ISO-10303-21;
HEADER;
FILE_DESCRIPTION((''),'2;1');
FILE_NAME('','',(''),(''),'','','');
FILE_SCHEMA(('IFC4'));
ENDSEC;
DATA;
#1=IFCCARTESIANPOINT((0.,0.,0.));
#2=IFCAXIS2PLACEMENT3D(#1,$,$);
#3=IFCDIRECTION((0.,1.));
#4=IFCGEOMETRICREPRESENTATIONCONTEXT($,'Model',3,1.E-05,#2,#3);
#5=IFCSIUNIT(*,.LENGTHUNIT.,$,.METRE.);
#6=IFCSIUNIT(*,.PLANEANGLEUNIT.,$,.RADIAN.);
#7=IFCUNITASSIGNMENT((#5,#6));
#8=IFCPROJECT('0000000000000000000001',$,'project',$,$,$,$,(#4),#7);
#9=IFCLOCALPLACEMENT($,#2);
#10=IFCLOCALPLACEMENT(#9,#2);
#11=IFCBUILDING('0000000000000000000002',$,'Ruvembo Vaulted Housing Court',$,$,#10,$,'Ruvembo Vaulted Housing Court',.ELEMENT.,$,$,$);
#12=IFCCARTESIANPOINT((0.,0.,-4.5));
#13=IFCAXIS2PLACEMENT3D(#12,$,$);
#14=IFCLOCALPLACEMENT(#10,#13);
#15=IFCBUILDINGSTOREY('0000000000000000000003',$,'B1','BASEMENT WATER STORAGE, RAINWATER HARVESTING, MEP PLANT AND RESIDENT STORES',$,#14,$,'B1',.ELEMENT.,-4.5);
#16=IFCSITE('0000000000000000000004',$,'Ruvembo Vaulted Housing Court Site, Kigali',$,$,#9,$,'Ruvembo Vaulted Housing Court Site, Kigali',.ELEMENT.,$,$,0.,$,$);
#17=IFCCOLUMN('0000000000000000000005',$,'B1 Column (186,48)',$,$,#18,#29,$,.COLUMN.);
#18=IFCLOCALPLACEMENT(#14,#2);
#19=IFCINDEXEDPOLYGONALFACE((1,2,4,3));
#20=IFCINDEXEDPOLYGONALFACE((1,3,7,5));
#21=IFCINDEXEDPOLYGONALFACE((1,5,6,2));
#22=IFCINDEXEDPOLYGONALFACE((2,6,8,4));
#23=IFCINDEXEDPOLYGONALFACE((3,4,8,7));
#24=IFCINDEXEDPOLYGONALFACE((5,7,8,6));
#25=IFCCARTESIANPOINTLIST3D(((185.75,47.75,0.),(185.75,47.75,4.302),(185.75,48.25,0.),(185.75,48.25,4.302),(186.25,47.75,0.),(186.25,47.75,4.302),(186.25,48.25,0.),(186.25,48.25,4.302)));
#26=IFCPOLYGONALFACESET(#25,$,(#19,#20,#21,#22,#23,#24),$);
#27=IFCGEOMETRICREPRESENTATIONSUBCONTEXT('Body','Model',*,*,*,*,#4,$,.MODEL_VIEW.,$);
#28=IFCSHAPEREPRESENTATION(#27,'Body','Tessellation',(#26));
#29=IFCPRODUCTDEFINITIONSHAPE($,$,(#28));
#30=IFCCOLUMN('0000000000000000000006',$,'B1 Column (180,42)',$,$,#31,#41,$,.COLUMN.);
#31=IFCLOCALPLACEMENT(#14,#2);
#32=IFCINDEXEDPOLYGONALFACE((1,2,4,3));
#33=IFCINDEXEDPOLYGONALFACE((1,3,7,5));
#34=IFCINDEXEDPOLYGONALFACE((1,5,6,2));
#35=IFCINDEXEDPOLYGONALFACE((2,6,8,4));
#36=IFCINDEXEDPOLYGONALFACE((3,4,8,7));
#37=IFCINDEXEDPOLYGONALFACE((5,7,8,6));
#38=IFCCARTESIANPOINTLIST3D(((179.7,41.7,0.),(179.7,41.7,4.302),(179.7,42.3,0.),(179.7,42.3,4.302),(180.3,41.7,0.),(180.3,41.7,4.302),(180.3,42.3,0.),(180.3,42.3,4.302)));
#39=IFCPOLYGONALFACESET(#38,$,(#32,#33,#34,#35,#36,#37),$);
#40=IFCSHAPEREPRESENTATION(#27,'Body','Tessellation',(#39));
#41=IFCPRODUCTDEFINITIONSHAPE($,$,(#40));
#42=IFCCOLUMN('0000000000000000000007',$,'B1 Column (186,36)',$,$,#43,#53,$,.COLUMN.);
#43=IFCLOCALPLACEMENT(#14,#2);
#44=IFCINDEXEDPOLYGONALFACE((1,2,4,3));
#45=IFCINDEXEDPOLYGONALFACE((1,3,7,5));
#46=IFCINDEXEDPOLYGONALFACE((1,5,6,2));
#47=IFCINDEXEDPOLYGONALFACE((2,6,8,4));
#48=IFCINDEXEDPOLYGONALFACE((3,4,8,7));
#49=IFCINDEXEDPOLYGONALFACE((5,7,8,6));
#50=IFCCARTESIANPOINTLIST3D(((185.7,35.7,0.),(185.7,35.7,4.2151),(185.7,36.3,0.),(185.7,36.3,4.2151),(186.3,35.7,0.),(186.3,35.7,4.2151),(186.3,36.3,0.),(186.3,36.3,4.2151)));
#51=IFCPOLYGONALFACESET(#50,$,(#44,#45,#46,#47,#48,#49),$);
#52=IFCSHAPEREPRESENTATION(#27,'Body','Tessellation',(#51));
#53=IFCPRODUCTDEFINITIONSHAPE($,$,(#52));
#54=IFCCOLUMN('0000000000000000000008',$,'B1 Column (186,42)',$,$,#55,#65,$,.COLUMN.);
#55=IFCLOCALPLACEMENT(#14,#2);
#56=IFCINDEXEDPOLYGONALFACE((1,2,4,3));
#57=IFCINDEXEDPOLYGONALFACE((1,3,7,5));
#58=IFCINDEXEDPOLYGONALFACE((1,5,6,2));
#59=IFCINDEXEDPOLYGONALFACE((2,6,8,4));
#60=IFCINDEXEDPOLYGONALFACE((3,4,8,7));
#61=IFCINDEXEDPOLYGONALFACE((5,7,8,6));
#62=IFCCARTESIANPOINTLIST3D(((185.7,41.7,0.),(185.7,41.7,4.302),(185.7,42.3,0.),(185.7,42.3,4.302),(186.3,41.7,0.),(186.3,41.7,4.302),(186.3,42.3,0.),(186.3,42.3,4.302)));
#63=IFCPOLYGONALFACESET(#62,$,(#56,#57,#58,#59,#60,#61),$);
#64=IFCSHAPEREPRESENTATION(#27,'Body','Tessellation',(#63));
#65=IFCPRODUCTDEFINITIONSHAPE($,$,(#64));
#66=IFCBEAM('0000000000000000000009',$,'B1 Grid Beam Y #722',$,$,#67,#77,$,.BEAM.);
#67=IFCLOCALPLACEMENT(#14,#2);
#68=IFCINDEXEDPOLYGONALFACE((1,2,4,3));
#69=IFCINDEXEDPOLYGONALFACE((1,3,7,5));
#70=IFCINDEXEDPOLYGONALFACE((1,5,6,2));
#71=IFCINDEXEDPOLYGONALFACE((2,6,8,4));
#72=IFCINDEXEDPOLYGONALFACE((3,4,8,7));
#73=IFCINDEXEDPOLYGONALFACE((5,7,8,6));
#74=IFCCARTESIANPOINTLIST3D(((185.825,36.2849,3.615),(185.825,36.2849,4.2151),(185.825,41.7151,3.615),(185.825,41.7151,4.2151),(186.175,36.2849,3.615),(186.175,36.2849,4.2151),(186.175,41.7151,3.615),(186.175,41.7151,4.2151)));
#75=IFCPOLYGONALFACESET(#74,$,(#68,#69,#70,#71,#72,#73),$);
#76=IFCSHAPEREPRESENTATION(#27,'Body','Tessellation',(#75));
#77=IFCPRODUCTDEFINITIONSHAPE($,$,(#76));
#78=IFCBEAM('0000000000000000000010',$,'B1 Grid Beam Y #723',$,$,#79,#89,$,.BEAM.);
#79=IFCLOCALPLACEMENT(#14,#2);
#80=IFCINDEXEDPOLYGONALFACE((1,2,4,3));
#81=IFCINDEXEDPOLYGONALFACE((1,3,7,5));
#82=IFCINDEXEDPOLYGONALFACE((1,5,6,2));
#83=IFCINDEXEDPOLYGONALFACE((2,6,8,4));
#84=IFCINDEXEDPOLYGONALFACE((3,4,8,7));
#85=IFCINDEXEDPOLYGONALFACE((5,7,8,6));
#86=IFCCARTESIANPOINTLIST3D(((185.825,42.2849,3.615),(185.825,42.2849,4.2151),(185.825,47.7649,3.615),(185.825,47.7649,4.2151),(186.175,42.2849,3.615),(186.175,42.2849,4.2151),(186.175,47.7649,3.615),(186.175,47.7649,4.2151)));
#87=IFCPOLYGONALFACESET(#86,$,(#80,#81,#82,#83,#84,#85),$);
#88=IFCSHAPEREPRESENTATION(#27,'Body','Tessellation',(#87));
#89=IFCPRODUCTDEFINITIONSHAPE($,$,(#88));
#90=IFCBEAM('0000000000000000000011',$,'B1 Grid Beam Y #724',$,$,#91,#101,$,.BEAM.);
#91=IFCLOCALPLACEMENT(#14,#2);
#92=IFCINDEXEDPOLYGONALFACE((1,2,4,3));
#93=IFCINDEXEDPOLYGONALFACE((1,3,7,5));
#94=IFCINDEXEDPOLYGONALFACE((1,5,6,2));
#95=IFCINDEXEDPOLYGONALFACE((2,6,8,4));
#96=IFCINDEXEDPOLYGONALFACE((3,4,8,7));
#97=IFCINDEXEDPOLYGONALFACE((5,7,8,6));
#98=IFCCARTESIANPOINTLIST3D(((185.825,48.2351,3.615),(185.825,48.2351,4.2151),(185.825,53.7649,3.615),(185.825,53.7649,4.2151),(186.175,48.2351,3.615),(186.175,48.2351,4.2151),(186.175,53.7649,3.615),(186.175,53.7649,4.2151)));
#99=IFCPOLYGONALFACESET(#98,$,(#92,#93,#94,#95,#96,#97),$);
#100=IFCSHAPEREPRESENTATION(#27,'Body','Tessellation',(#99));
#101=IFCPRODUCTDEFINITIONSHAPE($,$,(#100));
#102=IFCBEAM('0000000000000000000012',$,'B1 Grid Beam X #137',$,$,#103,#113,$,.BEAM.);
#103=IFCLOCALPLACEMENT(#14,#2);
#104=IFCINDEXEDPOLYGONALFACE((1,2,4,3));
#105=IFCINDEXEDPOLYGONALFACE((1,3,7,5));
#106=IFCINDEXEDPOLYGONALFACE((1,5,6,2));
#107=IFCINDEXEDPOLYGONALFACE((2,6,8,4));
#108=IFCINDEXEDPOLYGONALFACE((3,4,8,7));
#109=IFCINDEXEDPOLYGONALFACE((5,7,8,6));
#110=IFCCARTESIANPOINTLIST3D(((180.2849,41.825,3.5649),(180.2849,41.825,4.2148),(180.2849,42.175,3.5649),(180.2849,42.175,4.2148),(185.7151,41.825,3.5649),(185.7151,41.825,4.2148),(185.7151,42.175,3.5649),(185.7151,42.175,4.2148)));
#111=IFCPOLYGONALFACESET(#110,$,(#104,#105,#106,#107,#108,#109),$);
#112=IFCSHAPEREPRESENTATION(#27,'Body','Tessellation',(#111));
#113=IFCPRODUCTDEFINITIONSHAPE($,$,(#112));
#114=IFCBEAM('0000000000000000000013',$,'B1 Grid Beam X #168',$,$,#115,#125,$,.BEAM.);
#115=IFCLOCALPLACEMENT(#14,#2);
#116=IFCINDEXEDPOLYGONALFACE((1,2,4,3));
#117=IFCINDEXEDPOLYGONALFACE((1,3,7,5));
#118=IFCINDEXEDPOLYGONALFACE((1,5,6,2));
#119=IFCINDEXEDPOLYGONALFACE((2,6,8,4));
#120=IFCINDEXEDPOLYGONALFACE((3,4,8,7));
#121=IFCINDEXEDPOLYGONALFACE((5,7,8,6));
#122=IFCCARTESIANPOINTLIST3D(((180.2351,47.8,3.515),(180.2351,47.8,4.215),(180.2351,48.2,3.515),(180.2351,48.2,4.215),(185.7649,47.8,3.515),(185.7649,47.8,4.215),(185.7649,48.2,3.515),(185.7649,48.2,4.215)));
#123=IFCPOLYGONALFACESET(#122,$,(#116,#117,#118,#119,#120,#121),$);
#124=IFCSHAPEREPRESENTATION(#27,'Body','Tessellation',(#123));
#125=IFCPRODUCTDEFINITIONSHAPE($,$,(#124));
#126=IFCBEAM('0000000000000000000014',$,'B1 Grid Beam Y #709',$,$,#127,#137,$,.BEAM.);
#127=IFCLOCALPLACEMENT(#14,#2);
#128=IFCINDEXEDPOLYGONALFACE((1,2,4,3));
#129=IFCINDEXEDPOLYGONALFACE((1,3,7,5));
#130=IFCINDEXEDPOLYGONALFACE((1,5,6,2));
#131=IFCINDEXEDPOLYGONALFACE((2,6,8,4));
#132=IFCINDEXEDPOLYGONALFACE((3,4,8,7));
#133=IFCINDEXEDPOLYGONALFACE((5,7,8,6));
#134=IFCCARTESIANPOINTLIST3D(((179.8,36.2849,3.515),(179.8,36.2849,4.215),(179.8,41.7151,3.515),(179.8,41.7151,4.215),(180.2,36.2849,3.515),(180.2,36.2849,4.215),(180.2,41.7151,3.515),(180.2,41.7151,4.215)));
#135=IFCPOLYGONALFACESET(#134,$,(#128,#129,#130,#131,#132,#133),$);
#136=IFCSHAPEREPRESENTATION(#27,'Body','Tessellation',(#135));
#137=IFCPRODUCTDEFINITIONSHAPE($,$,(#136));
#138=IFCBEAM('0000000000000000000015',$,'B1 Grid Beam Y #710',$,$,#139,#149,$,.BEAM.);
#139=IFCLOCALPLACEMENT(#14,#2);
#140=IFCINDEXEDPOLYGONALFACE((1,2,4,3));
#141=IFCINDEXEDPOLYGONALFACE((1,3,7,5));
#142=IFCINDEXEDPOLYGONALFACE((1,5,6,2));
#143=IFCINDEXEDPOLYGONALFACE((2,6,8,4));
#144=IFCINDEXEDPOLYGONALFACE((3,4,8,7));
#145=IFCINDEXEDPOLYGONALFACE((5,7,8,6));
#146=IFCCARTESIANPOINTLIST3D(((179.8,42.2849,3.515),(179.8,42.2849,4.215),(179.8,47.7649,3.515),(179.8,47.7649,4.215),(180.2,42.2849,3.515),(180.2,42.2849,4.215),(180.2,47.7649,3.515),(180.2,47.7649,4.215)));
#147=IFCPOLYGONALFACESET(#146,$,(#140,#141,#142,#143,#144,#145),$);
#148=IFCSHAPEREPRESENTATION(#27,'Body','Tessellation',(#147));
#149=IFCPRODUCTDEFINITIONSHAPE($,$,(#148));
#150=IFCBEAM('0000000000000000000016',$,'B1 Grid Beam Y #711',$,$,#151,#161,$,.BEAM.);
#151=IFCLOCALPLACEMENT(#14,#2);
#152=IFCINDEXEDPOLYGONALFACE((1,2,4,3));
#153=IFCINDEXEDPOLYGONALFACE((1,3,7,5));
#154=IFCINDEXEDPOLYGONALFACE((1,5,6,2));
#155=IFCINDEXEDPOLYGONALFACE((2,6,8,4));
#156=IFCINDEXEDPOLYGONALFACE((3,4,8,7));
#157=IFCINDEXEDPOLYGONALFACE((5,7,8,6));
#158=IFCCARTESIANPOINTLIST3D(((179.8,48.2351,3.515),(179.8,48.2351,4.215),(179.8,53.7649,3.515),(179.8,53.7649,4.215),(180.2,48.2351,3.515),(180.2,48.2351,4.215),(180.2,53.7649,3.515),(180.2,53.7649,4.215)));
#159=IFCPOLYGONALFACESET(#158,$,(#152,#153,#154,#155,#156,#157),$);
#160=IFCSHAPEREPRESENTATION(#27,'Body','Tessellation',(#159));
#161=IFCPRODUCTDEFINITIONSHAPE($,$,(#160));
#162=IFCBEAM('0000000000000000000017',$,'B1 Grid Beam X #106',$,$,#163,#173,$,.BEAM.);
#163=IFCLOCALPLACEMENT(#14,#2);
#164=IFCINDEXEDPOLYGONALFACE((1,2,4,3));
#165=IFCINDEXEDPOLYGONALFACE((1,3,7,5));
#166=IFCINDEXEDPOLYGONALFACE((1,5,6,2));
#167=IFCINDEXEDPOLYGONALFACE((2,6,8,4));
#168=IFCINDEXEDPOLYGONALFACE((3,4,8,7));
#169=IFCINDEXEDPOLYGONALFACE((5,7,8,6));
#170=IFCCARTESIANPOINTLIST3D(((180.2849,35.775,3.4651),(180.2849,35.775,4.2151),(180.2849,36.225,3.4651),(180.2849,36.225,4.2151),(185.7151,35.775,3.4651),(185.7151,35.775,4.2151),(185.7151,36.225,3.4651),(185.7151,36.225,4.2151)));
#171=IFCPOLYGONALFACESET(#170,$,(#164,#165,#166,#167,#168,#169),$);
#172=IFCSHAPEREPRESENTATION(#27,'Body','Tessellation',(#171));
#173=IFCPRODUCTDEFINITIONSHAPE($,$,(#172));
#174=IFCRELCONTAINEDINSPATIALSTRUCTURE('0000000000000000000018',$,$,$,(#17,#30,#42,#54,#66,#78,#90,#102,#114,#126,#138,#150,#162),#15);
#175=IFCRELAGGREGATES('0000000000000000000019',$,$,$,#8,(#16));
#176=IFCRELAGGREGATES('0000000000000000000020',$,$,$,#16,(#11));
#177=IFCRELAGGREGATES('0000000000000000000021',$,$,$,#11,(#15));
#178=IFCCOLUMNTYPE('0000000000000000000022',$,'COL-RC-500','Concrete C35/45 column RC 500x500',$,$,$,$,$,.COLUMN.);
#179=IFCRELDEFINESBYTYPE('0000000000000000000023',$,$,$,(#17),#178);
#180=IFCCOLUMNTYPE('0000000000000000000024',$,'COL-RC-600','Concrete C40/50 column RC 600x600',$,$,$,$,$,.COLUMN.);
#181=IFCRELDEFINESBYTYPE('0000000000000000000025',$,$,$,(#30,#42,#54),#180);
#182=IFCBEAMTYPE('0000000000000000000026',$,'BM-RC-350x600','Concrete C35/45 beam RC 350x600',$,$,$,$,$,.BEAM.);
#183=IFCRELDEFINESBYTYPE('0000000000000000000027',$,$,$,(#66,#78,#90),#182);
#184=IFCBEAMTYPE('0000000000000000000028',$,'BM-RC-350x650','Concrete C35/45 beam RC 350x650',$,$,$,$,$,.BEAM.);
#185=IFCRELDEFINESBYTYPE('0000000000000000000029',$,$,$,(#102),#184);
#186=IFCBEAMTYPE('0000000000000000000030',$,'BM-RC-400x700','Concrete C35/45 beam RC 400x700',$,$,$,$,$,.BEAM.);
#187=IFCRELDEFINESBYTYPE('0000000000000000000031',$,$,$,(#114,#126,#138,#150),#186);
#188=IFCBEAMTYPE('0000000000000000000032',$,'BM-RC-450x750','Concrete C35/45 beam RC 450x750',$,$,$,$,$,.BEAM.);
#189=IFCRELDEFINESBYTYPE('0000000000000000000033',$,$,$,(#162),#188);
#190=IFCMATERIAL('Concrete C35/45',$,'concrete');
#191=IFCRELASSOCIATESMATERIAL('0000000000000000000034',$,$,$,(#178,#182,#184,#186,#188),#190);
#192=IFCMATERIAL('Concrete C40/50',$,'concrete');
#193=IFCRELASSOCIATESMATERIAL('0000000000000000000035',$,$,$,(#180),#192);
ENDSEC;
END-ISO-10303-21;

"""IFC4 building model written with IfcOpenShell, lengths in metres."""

from ifc_helpers import new_model, si_unit, direction, frame, origin, origin_2d, place, context, subcontext, project, spatial, rectangle, extrude, material, material_profile, profile_set, type_object, element, save


model = new_model("IFC4")

# Units and contexts
model_context = context("Model", 3, precision=1e-05, world=origin(), true_north=direction((0.0, 1.0)))
body_context = subcontext(model_context, "Body", "Model", "MODEL_VIEW")
ifc_project = project(units=[si_unit("LENGTHUNIT", "METRE"), si_unit("PLANEANGLEUNIT", "RADIAN")], contexts=[model_context])

# Site, building, storey
site_placement = place(None, origin())
site = spatial("IfcSite", under=ifc_project, at=site_placement, Name="Ruvembo Vaulted Housing Court Site, Kigali", LongName="Ruvembo Vaulted Housing Court Site, Kigali", CompositionType="ELEMENT", RefElevation=0.0)
building_placement = place(site_placement, origin())
building = spatial("IfcBuilding", under=site, at=building_placement, Name="Ruvembo Vaulted Housing Court", LongName="Ruvembo Vaulted Housing Court", CompositionType="ELEMENT")
storey_placement = place(building_placement, frame((0.0, 0.0, -4.5)))
storey = spatial("IfcBuildingStorey", under=building, at=storey_placement, Name="B1", Description="BASEMENT WATER STORAGE, RAINWATER HARVESTING, MEP PLANT AND RESIDENT STORES", LongName="B1", CompositionType="ELEMENT", Elevation=-4.5)

# Shared definitions
ifc_material_1 = material(Name="Concrete C35/45", Category="concrete")

# Columns
ifc_material_profile_1 = material_profile(ifc_material_1, rectangle(XDim=0.5, YDim=0.5, at=origin_2d()), Name="RC 500x500")
ifc_profile_set_1 = profile_set([ifc_material_profile_1], Name="Concrete C35/45")
column_type_1 = type_object("IfcColumnType", Name="COL-RC-500", Description="Concrete C35/45 column RC 500x500", PredefinedType="COLUMN", material=ifc_profile_set_1)
for number, where, z_axis, x_axis, name in (
    (1, (186.0, 48.0, 0.0), (0.0, 0.0, 1.0), (1.0, 0.0, 0.0), "B1 Column (186,48)"),
):
    element("IfcColumn", number, at=place(storey_placement, frame(where, z_axis=z_axis, x_axis=x_axis)), inside=storey, type_object=column_type_1, Name=name, PredefinedType="COLUMN", context=body_context, shape_type="SweptSolid", body=[
        extrude(rectangle(XDim=0.5, YDim=0.5, at=origin_2d()), origin(), (0.0, 0.0, 1.0), 4.302),
    ])
ifc_material_2 = material(Name="Concrete C40/50", Category="concrete")
ifc_material_profile_2 = material_profile(ifc_material_2, rectangle(XDim=0.6001, YDim=0.6001, at=origin_2d()), Name="RC 600x600")
ifc_profile_set_2 = profile_set([ifc_material_profile_2], Name="Concrete C40/50")
column_type_2 = type_object("IfcColumnType", Name="COL-RC-600", Description="Concrete C40/50 column RC 600x600", PredefinedType="COLUMN", material=ifc_profile_set_2)
column_1_placement = place(storey_placement, frame((180.0, 42.0, 0.0), z_axis=(0.0, 0.0, 1.0), x_axis=(1.0, 0.0, 0.0)))
element("IfcColumn", 2, at=column_1_placement, inside=storey, type_object=column_type_2, Name="B1 Column (180,42)", PredefinedType="COLUMN", context=body_context, shape_type="SweptSolid", body=[
    extrude(rectangle(XDim=0.6001, YDim=0.6001, at=origin_2d()), origin(), (0.0, 0.0, 1.0), 4.302),
])
column_2_placement = place(storey_placement, frame((186.0, 36.0, 0.0), z_axis=(0.0, 0.0, 1.0), x_axis=(1.0, 0.0, 0.0)))
element("IfcColumn", 3, at=column_2_placement, inside=storey, type_object=column_type_2, Name="B1 Column (186,36)", PredefinedType="COLUMN", context=body_context, shape_type="SweptSolid", body=[
    extrude(rectangle(XDim=0.6001, YDim=0.6001, at=origin_2d()), origin(), (0.0, 0.0, 1.0), 4.2151),
])
column_3_placement = place(storey_placement, frame((186.0, 42.0, 0.0), z_axis=(0.0, 0.0, 1.0), x_axis=(1.0, 0.0, 0.0)))
element("IfcColumn", 4, at=column_3_placement, inside=storey, type_object=column_type_2, Name="B1 Column (186,42)", PredefinedType="COLUMN", context=body_context, shape_type="SweptSolid", body=[
    extrude(rectangle(XDim=0.6001, YDim=0.6001, at=origin_2d()), origin(), (0.0, 0.0, 1.0), 4.302),
])

# Beams
ifc_material_profile_3 = material_profile(ifc_material_1, rectangle(XDim=0.3501, YDim=0.6001, at=origin_2d()), Name="RC 350x600")
ifc_profile_set_3 = profile_set([ifc_material_profile_3], Name="Concrete C35/45")
beam_type_1 = type_object("IfcBeamType", Name="BM-RC-350x600", Description="Concrete C35/45 beam RC 350x600", PredefinedType="BEAM", material=ifc_profile_set_3)
beam_1_placement = place(storey_placement, frame((186.0, 36.2849, 3.915), z_axis=(0.0, 1.0, 0.0), x_axis=(-1.0, 0.0, 0.0)))
element("IfcBeam", 5, at=beam_1_placement, inside=storey, type_object=beam_type_1, Name="B1 Grid Beam Y #722", PredefinedType="BEAM", context=body_context, shape_type="SweptSolid", body=[
    extrude(rectangle(XDim=0.3501, YDim=0.6001, at=origin_2d()), origin(), (0.0, 0.0, 1.0), 5.4302),
])
beam_2_placement = place(storey_placement, frame((186.0, 42.2849, 3.915), z_axis=(0.0, 1.0, 0.0), x_axis=(-1.0, 0.0, 0.0)))
element("IfcBeam", 6, at=beam_2_placement, inside=storey, type_object=beam_type_1, Name="B1 Grid Beam Y #723", PredefinedType="BEAM", context=body_context, shape_type="SweptSolid", body=[
    extrude(rectangle(XDim=0.3501, YDim=0.6001, at=origin_2d()), origin(), (0.0, 0.0, 1.0), 5.48),
])
beam_3_placement = place(storey_placement, frame((186.0, 48.2351, 3.915), z_axis=(0.0, 1.0, 0.0), x_axis=(-1.0, 0.0, 0.0)))
element("IfcBeam", 7, at=beam_3_placement, inside=storey, type_object=beam_type_1, Name="B1 Grid Beam Y #724", PredefinedType="BEAM", context=body_context, shape_type="SweptSolid", body=[
    extrude(rectangle(XDim=0.3501, YDim=0.6001, at=origin_2d()), origin(), (0.0, 0.0, 1.0), 5.5298),
])
ifc_material_profile_4 = material_profile(ifc_material_1, rectangle(XDim=0.3501, YDim=0.6499, at=origin_2d()), Name="RC 350x650")
ifc_profile_set_4 = profile_set([ifc_material_profile_4], Name="Concrete C35/45")
beam_type_2 = type_object("IfcBeamType", Name="BM-RC-350x650", Description="Concrete C35/45 beam RC 350x650", PredefinedType="BEAM", material=ifc_profile_set_4)
beam_4_placement = place(storey_placement, frame((180.2849, 42.0, 3.8899), z_axis=(1.0, 0.0, 0.0), x_axis=(0.0, 1.0, 0.0)))
element("IfcBeam", 8, at=beam_4_placement, inside=storey, type_object=beam_type_2, Name="B1 Grid Beam X #137", PredefinedType="BEAM", context=body_context, shape_type="SweptSolid", body=[
    extrude(rectangle(XDim=0.3501, YDim=0.6499, at=origin_2d()), origin(), (0.0, 0.0, 1.0), 5.4302),
])
ifc_material_profile_5 = material_profile(ifc_material_1, rectangle(XDim=0.3999, YDim=0.7, at=origin_2d()), Name="RC 400x700")
ifc_profile_set_5 = profile_set([ifc_material_profile_5], Name="Concrete C35/45")
beam_type_3 = type_object("IfcBeamType", Name="BM-RC-400x700", Description="Concrete C35/45 beam RC 400x700", PredefinedType="BEAM", material=ifc_profile_set_5)
beam_5_placement = place(storey_placement, frame((180.2351, 48.0, 3.865), z_axis=(1.0, 0.0, 0.0), x_axis=(0.0, 1.0, 0.0)))
element("IfcBeam", 9, at=beam_5_placement, inside=storey, type_object=beam_type_3, Name="B1 Grid Beam X #168", PredefinedType="BEAM", context=body_context, shape_type="SweptSolid", body=[
    extrude(rectangle(XDim=0.3999, YDim=0.7, at=origin_2d()), origin(), (0.0, 0.0, 1.0), 5.5298),
])
beam_6_placement = place(storey_placement, frame((180.0, 36.2849, 3.865), z_axis=(0.0, 1.0, 0.0), x_axis=(-1.0, 0.0, 0.0)))
element("IfcBeam", 10, at=beam_6_placement, inside=storey, type_object=beam_type_3, Name="B1 Grid Beam Y #709", PredefinedType="BEAM", context=body_context, shape_type="SweptSolid", body=[
    extrude(rectangle(XDim=0.3999, YDim=0.7, at=origin_2d()), origin(), (0.0, 0.0, 1.0), 5.4302),
])
beam_7_placement = place(storey_placement, frame((180.0, 42.2849, 3.865), z_axis=(0.0, 1.0, 0.0), x_axis=(-1.0, 0.0, 0.0)))
element("IfcBeam", 11, at=beam_7_placement, inside=storey, type_object=beam_type_3, Name="B1 Grid Beam Y #710", PredefinedType="BEAM", context=body_context, shape_type="SweptSolid", body=[
    extrude(rectangle(XDim=0.3999, YDim=0.7, at=origin_2d()), origin(), (0.0, 0.0, 1.0), 5.48),
])
beam_8_placement = place(storey_placement, frame((180.0, 48.2351, 3.865), z_axis=(0.0, 1.0, 0.0), x_axis=(-1.0, 0.0, 0.0)))
element("IfcBeam", 12, at=beam_8_placement, inside=storey, type_object=beam_type_3, Name="B1 Grid Beam Y #711", PredefinedType="BEAM", context=body_context, shape_type="SweptSolid", body=[
    extrude(rectangle(XDim=0.3999, YDim=0.7, at=origin_2d()), origin(), (0.0, 0.0, 1.0), 5.5298),
])
ifc_material_profile_6 = material_profile(ifc_material_1, rectangle(XDim=0.45, YDim=0.75, at=origin_2d()), Name="RC 450x750")
ifc_profile_set_6 = profile_set([ifc_material_profile_6], Name="Concrete C35/45")
beam_type_4 = type_object("IfcBeamType", Name="BM-RC-450x750", Description="Concrete C35/45 beam RC 450x750", PredefinedType="BEAM", material=ifc_profile_set_6)
beam_9_placement = place(storey_placement, frame((180.2849, 36.0, 3.8401), z_axis=(1.0, 0.0, 0.0), x_axis=(0.0, 1.0, 0.0)))
element("IfcBeam", 13, at=beam_9_placement, inside=storey, type_object=beam_type_4, Name="B1 Grid Beam X #106", PredefinedType="BEAM", context=body_context, shape_type="SweptSolid", body=[
    extrude(rectangle(XDim=0.45, YDim=0.75, at=origin_2d()), origin(), (0.0, 0.0, 1.0), 5.4302),
])

save(model, "model.ifc")
